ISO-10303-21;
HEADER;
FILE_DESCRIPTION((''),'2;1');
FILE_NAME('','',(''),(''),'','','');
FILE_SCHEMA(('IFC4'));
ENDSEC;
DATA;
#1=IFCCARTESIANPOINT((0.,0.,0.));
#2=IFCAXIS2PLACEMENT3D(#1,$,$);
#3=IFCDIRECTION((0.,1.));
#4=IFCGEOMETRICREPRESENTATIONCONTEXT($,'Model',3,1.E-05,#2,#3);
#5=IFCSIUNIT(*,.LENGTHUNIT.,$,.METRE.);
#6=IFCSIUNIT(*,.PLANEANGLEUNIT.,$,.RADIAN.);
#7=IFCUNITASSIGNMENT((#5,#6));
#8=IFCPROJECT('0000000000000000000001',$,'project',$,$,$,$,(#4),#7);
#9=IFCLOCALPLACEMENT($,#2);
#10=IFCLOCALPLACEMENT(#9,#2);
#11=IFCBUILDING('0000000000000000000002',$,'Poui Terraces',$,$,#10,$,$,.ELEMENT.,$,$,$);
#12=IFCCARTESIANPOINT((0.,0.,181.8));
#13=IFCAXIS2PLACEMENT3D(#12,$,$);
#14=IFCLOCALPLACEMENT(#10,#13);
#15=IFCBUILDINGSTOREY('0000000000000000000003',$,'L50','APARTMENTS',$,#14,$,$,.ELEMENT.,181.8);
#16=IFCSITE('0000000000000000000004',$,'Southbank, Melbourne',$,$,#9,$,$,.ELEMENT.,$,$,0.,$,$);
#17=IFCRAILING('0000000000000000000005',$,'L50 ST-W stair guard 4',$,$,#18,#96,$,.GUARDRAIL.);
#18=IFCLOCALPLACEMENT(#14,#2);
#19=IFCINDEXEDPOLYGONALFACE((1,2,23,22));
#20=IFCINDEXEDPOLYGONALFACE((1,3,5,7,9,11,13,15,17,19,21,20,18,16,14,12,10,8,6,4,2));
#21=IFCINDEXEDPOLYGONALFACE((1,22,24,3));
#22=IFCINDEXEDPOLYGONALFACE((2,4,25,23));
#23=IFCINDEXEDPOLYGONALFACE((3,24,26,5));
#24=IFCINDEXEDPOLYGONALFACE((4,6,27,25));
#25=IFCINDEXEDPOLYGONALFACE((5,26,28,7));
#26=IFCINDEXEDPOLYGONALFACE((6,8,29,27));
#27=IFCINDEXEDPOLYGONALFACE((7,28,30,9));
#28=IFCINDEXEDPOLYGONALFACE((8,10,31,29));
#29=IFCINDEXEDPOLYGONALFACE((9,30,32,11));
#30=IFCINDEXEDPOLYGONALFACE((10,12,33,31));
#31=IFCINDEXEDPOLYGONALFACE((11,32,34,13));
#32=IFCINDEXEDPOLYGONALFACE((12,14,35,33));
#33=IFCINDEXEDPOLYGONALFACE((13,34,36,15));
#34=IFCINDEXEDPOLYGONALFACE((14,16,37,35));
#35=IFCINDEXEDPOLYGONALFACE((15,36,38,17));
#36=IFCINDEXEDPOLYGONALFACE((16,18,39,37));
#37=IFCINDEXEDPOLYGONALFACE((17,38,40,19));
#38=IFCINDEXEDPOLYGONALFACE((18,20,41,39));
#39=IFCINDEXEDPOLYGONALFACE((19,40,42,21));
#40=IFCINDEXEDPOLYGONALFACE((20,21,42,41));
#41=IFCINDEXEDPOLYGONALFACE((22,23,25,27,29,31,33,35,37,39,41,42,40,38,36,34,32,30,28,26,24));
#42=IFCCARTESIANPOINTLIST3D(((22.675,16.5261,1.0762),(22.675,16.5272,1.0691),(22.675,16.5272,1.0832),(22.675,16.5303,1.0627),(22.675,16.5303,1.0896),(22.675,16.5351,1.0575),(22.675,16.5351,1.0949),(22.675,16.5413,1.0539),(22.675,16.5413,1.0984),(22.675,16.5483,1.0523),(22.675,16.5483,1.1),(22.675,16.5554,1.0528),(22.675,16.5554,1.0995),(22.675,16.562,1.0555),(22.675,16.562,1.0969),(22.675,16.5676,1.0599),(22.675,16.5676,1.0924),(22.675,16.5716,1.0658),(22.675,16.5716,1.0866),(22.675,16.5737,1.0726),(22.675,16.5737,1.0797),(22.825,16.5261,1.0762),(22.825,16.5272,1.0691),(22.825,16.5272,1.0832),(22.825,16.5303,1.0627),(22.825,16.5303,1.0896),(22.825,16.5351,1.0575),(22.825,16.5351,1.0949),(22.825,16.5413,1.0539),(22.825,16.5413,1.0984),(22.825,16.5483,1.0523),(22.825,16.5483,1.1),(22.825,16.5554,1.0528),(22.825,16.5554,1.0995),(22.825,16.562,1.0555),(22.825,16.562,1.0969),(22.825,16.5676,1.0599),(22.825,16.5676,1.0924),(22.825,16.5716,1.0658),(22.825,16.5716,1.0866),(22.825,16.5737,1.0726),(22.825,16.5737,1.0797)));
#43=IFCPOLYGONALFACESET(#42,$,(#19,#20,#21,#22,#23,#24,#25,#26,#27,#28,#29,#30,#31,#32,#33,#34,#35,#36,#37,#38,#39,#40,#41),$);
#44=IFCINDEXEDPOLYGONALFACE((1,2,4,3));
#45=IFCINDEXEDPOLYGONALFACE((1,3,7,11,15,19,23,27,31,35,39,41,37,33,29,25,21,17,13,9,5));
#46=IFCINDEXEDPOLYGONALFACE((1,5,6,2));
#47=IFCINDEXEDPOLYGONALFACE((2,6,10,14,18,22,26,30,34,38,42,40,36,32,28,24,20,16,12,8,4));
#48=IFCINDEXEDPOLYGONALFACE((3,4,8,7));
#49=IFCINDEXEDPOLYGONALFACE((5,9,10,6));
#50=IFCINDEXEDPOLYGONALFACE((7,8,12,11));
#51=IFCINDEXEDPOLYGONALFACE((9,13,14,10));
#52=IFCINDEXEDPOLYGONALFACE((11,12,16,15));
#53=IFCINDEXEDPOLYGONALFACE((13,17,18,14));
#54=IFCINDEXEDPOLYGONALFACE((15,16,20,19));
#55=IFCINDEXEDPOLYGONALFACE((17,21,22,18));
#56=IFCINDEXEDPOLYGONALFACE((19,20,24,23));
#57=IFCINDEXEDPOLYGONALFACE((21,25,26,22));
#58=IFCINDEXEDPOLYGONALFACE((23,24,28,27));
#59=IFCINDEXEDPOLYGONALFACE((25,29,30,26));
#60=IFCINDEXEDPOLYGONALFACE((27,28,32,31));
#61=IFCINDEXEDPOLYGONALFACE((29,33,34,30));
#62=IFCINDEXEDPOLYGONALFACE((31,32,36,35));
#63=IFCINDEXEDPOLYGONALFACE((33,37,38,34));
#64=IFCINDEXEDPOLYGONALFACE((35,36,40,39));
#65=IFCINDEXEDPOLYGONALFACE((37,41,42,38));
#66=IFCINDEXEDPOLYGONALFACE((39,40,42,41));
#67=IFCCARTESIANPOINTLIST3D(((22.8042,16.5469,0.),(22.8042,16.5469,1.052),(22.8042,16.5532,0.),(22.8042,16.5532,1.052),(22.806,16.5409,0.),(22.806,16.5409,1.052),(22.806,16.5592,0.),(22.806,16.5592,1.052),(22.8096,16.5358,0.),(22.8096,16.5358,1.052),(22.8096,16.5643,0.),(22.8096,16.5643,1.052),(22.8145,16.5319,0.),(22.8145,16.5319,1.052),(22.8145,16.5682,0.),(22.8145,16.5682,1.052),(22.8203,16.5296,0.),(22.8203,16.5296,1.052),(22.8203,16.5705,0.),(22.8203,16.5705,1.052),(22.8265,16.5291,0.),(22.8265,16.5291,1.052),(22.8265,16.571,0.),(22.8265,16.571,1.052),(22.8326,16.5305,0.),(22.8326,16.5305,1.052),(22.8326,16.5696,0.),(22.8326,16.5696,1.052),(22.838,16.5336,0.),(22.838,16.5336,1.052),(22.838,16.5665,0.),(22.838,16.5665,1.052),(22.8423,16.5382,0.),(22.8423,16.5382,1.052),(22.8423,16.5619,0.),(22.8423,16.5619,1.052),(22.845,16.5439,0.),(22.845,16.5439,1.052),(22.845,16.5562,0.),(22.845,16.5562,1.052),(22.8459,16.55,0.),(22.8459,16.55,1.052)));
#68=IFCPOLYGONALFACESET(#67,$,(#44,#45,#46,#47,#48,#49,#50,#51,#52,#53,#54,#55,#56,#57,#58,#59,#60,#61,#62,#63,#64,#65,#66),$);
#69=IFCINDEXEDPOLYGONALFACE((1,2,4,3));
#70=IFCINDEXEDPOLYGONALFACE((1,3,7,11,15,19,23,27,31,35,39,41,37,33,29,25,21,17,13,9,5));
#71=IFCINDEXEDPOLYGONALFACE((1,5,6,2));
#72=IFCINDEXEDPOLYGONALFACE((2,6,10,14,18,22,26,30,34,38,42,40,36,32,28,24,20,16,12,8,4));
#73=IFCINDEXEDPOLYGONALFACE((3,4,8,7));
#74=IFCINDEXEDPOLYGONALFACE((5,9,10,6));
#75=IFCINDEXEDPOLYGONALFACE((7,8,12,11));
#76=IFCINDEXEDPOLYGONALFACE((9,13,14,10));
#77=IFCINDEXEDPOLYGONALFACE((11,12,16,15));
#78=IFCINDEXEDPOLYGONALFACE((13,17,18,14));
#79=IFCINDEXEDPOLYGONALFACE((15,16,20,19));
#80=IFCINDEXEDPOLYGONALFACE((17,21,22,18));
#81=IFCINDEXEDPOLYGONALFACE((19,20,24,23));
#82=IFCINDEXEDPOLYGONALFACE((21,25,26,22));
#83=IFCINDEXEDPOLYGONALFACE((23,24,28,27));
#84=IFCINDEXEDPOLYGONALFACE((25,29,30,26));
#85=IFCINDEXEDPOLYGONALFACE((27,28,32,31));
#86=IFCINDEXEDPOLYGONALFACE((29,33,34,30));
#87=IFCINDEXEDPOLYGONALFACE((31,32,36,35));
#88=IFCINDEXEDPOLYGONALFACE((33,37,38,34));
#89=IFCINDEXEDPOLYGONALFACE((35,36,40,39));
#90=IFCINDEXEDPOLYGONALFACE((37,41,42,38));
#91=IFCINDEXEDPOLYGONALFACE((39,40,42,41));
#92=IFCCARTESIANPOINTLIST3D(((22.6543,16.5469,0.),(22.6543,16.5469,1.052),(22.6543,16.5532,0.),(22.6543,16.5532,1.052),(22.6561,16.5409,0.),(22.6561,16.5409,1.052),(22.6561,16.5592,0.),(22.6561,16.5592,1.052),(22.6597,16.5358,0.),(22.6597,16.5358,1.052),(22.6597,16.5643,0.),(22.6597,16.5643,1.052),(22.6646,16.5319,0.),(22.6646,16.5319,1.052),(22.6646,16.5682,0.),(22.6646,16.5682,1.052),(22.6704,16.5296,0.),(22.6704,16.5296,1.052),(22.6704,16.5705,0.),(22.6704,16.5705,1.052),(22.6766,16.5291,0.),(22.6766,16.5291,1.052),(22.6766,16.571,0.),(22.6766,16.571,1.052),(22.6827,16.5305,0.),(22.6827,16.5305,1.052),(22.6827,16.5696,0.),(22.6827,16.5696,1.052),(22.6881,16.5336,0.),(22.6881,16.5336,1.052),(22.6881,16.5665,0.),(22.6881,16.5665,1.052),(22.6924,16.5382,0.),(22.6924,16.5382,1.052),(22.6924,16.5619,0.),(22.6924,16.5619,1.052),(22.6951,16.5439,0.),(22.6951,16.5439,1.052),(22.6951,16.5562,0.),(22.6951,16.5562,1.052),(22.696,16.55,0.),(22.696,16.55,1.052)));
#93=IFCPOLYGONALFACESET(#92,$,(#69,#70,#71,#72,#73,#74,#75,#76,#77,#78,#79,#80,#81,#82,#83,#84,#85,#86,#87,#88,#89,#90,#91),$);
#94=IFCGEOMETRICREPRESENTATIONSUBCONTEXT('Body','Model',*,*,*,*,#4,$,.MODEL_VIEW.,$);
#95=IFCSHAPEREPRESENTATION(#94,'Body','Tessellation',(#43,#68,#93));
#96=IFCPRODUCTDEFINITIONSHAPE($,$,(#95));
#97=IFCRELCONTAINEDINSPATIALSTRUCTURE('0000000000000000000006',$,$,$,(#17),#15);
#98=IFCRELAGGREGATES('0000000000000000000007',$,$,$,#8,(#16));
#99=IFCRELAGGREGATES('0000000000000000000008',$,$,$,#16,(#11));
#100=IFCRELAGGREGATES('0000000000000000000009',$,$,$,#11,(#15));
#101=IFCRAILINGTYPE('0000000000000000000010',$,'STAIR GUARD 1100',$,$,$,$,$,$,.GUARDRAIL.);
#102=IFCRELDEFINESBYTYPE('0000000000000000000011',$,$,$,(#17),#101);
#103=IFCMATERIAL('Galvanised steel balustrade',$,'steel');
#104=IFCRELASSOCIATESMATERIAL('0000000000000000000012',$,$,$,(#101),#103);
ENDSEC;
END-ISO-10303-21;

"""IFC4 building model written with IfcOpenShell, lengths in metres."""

from ifc_helpers import new_model, si_unit, direction, frame, origin, origin_2d, place, context, subcontext, project, spatial, circle, extrude, material, type_object, element, save


model = new_model("IFC4")

# Units and contexts
model_context = context("Model", 3, precision=1e-05, world=origin(), true_north=direction((0.0, 1.0)))
body_context = subcontext(model_context, "Body", "Model", "MODEL_VIEW")
ifc_project = project(units=[si_unit("LENGTHUNIT", "METRE"), si_unit("PLANEANGLEUNIT", "RADIAN")], contexts=[model_context])

# Site, building, storey
site_placement = place(None, origin())
site = spatial("IfcSite", under=ifc_project, at=site_placement, Name="Southbank, Melbourne", CompositionType="ELEMENT", RefElevation=0.0)
building_placement = place(site_placement, origin())
building = spatial("IfcBuilding", under=site, at=building_placement, Name="Poui Terraces", CompositionType="ELEMENT")
storey_placement = place(building_placement, frame((0.0, 0.0, 181.8)))
storey = spatial("IfcBuildingStorey", under=building, at=storey_placement, Name="L50", Description="APARTMENTS", CompositionType="ELEMENT", Elevation=181.8)

# Railing
ifc_material_1 = material(Name="Galvanised steel balustrade", Category="steel")
railing_type_1 = type_object("IfcRailingType", Name="STAIR GUARD 1100", PredefinedType="GUARDRAIL", material=ifc_material_1)
railing_1_placement = place(storey_placement, frame((22.825, 16.55, 0.0)))
element("IfcRailing", 1, at=railing_1_placement, inside=storey, type_object=railing_type_1, Name="L50 ST-W stair guard 4", PredefinedType="GUARDRAIL", context=body_context, shape_type="SweptSolid", body=[
    extrude(circle(Radius=0.0239, at=origin_2d()), frame((0.0, 0.0, 1.0762), z_axis=(-1.0, 0.0, 0.0), x_axis=(0.0, -1.0, 0.0)), (0.0, 0.0, 1.0), 0.1499),
    extrude(circle(Radius=0.021, at=origin_2d()), origin(), (0.0, 0.0, 1.0), 1.052),
    extrude(circle(Radius=0.021, at=origin_2d()), frame((-0.1499, 0.0, 0.0)), (0.0, 0.0, 1.0), 1.052),
])

save(model, "model.ifc")
